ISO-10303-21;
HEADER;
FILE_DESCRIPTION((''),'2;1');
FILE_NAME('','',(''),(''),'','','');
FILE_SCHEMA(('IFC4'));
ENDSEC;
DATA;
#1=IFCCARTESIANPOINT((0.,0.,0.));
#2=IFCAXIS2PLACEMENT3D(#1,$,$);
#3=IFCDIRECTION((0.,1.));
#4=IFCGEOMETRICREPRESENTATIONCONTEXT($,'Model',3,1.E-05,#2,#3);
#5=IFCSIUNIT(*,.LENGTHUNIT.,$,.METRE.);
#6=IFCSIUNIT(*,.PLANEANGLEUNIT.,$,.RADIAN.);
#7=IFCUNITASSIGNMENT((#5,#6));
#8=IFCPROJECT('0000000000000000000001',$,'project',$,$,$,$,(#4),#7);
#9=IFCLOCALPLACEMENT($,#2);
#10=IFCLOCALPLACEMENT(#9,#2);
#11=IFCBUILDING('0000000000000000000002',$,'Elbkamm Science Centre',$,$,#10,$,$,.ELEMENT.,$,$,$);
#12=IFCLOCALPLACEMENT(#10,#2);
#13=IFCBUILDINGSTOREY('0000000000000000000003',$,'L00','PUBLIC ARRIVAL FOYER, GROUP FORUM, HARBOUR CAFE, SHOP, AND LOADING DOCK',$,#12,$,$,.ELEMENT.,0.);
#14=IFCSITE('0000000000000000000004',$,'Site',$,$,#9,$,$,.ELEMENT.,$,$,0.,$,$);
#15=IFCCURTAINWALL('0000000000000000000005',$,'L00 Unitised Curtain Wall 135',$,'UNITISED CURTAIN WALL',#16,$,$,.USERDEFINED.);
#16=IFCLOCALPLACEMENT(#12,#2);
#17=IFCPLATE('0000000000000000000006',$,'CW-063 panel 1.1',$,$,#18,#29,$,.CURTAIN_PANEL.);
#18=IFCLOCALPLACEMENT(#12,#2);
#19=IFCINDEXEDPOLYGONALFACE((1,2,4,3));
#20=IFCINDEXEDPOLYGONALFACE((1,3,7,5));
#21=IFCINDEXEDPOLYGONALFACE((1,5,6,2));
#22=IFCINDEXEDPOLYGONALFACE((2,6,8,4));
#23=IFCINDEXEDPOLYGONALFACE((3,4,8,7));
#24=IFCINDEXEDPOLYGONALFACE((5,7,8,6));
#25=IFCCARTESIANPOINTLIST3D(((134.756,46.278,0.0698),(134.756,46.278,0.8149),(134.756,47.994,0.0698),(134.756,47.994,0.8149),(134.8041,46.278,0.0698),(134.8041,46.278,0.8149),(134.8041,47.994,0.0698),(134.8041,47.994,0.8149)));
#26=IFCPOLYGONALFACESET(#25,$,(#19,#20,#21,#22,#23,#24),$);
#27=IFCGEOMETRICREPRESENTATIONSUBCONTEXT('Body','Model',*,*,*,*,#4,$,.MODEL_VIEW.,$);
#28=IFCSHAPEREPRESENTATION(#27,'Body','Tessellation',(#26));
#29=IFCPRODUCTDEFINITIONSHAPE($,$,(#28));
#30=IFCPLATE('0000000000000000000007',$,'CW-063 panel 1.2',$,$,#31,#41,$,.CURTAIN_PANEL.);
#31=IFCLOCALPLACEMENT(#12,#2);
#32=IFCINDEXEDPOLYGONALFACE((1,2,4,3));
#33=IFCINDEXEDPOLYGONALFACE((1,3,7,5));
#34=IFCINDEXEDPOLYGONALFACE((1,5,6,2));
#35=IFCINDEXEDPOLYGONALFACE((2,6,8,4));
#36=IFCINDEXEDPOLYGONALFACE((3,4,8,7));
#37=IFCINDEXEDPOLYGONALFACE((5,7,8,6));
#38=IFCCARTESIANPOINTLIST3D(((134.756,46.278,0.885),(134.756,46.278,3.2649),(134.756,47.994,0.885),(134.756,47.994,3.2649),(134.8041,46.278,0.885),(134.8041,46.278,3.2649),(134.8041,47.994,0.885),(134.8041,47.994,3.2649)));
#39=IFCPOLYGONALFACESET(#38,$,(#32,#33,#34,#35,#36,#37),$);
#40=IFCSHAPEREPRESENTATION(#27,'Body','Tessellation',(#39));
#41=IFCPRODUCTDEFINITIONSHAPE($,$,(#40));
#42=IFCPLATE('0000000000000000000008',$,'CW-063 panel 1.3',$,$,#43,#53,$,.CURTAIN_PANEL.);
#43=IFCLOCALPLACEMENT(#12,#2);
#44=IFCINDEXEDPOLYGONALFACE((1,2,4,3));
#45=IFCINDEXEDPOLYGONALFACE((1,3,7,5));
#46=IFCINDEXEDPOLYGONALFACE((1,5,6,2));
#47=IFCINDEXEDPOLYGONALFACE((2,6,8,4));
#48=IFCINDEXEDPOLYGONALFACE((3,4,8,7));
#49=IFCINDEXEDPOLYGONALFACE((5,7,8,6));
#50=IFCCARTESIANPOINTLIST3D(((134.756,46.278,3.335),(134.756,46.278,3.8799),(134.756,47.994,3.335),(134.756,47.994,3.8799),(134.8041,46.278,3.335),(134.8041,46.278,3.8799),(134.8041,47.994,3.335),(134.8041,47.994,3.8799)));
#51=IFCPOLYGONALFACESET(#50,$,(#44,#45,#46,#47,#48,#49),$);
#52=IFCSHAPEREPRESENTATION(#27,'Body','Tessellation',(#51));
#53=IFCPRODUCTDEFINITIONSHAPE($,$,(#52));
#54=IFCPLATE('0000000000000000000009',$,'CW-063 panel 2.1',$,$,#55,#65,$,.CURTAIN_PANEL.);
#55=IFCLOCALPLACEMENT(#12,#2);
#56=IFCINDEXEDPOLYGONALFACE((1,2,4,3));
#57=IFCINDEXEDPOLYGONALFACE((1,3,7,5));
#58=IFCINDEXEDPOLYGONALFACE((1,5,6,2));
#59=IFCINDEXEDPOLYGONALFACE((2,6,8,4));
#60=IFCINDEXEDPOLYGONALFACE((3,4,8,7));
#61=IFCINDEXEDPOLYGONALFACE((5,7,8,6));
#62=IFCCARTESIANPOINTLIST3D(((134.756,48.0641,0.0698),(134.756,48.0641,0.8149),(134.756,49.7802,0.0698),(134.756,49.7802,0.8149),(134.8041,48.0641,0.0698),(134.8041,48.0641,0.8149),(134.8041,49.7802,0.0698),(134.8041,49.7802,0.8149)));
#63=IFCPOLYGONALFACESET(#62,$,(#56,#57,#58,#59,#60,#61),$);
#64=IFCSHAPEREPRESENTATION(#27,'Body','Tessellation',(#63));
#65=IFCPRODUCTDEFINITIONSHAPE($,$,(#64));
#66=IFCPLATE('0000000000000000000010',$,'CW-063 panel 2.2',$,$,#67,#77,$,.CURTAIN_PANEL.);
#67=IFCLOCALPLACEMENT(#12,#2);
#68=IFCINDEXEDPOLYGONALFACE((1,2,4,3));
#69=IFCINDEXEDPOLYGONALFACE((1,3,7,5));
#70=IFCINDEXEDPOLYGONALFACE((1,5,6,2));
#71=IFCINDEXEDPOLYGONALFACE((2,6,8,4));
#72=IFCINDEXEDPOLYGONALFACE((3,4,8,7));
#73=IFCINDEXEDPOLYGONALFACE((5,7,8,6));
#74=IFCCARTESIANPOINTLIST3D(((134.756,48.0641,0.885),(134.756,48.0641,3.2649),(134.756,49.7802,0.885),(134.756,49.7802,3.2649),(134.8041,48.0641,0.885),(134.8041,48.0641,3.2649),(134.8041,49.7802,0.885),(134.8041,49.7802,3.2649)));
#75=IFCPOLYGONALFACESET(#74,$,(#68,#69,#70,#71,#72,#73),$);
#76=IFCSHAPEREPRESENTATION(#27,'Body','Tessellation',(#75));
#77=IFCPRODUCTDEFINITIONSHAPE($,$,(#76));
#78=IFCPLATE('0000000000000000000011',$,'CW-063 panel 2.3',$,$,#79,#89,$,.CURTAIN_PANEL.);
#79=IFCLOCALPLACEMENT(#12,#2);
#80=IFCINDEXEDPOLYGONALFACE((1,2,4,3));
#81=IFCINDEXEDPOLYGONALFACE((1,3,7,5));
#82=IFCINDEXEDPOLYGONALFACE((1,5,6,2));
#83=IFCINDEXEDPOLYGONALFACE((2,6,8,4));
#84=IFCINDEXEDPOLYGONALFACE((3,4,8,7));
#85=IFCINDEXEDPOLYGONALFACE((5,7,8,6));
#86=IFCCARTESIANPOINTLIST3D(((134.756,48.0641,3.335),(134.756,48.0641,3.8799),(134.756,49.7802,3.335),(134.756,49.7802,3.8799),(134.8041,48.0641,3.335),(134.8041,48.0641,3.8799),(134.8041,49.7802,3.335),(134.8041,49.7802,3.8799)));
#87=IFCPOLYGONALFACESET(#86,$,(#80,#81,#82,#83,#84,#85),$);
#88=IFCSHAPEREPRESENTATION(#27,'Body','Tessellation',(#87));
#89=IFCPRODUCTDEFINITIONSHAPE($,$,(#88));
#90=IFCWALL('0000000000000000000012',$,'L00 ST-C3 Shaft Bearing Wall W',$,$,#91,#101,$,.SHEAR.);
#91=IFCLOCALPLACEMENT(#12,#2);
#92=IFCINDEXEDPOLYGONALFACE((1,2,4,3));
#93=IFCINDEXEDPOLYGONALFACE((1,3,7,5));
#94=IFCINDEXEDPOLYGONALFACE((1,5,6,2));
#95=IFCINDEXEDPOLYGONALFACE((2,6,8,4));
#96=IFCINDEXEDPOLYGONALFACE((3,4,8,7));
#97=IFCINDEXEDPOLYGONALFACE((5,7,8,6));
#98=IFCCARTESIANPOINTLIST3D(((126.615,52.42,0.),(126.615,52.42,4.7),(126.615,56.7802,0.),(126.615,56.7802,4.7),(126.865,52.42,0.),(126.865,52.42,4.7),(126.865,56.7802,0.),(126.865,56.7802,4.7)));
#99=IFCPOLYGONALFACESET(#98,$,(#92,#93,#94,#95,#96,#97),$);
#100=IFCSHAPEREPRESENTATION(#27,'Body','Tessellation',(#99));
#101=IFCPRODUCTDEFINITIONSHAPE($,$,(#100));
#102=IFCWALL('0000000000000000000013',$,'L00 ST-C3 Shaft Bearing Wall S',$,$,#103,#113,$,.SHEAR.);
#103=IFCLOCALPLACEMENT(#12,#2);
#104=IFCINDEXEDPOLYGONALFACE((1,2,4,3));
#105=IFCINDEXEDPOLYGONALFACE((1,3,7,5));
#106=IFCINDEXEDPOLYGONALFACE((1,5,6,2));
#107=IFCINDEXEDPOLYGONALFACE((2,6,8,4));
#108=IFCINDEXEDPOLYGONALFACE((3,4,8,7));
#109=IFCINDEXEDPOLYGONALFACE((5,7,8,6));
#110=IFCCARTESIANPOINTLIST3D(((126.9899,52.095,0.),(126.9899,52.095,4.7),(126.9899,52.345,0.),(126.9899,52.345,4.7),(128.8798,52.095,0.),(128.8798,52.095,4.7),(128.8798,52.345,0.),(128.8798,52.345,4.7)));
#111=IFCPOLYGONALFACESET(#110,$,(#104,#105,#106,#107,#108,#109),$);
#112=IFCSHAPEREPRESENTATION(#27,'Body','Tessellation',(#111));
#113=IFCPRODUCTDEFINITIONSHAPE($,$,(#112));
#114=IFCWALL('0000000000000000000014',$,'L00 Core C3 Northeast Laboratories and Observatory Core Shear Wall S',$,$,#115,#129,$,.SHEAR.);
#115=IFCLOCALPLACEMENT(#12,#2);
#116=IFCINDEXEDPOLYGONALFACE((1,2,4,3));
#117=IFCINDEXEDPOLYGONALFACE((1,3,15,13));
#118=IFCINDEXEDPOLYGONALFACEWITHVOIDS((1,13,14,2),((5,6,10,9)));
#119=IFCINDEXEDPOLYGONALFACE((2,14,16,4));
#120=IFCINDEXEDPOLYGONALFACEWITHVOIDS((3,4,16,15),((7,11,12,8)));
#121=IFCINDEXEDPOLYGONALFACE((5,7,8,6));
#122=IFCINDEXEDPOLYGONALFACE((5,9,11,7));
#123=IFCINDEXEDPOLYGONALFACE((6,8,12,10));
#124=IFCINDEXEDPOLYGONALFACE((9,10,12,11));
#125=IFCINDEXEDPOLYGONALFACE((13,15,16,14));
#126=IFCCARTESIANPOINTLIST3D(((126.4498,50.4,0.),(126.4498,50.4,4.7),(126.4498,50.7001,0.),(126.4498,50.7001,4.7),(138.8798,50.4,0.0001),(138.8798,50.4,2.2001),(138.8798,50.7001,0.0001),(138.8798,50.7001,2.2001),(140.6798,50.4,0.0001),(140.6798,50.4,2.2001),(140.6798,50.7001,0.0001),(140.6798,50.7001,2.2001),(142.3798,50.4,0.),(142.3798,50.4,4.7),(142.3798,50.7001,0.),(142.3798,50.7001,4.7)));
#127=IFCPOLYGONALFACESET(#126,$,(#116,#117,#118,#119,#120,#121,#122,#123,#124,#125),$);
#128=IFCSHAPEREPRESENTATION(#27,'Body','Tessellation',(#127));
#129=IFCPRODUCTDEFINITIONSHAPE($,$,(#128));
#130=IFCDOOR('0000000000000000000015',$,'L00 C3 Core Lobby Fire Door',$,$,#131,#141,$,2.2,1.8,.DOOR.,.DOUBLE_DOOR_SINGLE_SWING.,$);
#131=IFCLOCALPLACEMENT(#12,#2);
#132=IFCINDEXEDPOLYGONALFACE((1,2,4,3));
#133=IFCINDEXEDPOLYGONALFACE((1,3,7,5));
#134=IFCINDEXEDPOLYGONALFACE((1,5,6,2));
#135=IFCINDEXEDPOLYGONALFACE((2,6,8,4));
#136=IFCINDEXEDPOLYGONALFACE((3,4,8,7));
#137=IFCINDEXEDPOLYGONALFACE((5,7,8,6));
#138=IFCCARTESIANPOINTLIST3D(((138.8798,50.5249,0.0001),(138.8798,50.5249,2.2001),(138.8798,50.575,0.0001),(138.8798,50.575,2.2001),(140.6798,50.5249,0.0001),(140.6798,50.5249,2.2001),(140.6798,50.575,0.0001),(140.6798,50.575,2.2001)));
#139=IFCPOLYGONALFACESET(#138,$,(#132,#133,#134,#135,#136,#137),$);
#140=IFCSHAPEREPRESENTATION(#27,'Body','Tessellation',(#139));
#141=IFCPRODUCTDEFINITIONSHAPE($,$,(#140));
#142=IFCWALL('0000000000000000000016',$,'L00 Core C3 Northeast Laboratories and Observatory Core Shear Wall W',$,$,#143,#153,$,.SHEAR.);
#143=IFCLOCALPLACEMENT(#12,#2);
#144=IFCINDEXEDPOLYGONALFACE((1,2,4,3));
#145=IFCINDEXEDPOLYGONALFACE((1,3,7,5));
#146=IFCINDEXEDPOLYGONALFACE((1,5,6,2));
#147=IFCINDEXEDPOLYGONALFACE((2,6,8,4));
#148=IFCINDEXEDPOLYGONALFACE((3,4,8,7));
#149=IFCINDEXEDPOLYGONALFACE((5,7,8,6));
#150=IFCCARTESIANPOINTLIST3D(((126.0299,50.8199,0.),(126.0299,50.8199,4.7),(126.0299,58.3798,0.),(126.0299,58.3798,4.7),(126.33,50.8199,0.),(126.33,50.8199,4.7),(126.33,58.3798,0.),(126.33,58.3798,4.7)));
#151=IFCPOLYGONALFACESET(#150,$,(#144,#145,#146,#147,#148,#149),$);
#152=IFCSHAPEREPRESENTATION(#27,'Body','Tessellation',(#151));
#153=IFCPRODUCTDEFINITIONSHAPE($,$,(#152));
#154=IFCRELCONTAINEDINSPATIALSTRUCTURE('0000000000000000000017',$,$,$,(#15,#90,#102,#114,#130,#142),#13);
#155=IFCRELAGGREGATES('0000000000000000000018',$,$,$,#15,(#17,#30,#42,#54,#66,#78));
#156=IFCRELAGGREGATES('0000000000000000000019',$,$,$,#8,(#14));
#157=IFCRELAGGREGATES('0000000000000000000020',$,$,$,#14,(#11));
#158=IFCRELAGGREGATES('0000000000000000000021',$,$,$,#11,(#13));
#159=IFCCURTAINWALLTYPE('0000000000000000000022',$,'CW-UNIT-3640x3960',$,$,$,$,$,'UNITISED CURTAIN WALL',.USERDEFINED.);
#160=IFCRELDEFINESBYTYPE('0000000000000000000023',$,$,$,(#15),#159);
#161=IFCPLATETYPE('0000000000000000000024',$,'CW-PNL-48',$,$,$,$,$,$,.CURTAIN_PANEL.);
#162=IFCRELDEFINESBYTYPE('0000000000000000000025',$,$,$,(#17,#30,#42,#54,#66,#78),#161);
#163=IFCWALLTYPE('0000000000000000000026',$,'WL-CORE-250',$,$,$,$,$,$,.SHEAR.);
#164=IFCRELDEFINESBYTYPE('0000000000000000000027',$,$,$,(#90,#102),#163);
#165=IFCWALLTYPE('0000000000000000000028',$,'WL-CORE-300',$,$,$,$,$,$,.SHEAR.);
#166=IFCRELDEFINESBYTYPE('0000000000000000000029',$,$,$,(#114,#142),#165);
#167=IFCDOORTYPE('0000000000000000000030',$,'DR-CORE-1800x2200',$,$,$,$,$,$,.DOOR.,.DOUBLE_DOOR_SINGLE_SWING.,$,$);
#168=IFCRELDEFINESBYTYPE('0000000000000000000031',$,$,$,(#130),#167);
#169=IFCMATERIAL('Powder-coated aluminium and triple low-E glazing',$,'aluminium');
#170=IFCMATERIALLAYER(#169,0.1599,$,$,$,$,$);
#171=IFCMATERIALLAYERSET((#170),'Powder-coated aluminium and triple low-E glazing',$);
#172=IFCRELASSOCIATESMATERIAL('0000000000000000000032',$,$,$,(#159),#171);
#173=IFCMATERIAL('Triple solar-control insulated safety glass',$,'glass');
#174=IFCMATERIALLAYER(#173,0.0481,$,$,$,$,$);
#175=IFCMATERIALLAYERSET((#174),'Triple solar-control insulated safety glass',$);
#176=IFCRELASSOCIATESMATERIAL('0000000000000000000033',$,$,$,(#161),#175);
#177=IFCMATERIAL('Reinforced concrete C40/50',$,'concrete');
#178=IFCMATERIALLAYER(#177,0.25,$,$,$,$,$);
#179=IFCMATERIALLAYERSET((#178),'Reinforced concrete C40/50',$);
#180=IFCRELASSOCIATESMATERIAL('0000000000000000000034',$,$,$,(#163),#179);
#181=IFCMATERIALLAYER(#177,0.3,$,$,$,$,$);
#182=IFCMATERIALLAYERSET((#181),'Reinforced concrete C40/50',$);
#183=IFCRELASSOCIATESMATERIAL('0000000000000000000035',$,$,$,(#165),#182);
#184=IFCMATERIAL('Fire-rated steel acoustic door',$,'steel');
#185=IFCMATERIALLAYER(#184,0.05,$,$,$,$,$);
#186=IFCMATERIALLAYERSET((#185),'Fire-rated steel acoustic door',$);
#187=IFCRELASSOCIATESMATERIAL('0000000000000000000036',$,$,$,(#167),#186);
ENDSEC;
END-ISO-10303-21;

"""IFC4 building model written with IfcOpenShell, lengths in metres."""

from ifc_helpers import new_model, si_unit, direction, frame, frame_2d, origin, origin_2d, place, context, subcontext, project, spatial, rectangle, extrude, material, layer, layer_set, type_object, element, fill, aggregate, save


model = new_model("IFC4")

# Units and contexts
model_context = context("Model", 3, precision=1e-05, world=origin(), true_north=direction((0.0, 1.0)))
body_context = subcontext(model_context, "Body", "Model", "MODEL_VIEW")
ifc_project = project(units=[si_unit("LENGTHUNIT", "METRE"), si_unit("PLANEANGLEUNIT", "RADIAN")], contexts=[model_context])

# Site, building, storey
site_placement = place(None, origin())
site = spatial("IfcSite", under=ifc_project, at=site_placement, Name="Site", CompositionType="ELEMENT", RefElevation=0.0)
building_placement = place(site_placement, origin())
building = spatial("IfcBuilding", under=site, at=building_placement, Name="Elbkamm Science Centre", CompositionType="ELEMENT")
storey_placement = place(building_placement, origin())
storey = spatial("IfcBuildingStorey", under=building, at=storey_placement, Name="L00", Description="PUBLIC ARRIVAL FOYER, GROUP FORUM, HARBOUR CAFE, SHOP, AND LOADING DOCK", CompositionType="ELEMENT", Elevation=0.0)

# Curtain wall
ifc_material_1 = material(Name="Powder-coated aluminium and triple low-E glazing", Category="aluminium")
ifc_layer_1 = layer(ifc_material_1, 0.1599)
ifc_layer_set_1 = layer_set([ifc_layer_1], Name="Powder-coated aluminium and triple low-E glazing")
curtain_wall_type = type_object("IfcCurtainWallType", Name="CW-UNIT-3640x3960", ElementType="UNITISED CURTAIN WALL", PredefinedType="USERDEFINED", material=ifc_layer_set_1)
curtain_wall_placement = place(storey_placement, origin())
curtain_wall = element("IfcCurtainWall", 1, at=curtain_wall_placement, inside=storey, type_object=curtain_wall_type, Name="L00 Unitised Curtain Wall 135", ObjectType="UNITISED CURTAIN WALL", PredefinedType="USERDEFINED")

# Plates
ifc_material_2 = material(Name="Triple solar-control insulated safety glass", Category="glass")
ifc_layer_2 = layer(ifc_material_2, 0.0481)
ifc_layer_set_2 = layer_set([ifc_layer_2], Name="Triple solar-control insulated safety glass")
plate_type = type_object("IfcPlateType", Name="CW-PNL-48", PredefinedType="CURTAIN_PANEL", material=ifc_layer_set_2)
plate_1_placement = place(storey_placement, frame((134.78, 47.136, 0.0698), z_axis=(0.0, 0.0, 1.0), x_axis=(0.0, 1.0, 0.0)))
plate_1 = element("IfcPlate", 2, at=plate_1_placement, type_object=plate_type, Name="CW-063 panel 1.1", PredefinedType="CURTAIN_PANEL", context=body_context, shape_type="SweptSolid", body=[
    extrude(rectangle(XDim=1.7161, YDim=0.0481, at=origin_2d()), origin(), (0.0, 0.0, 1.0), 0.7451),
])
plate_2_placement = place(storey_placement, frame((134.78, 47.136, 0.885), z_axis=(0.0, 0.0, 1.0), x_axis=(0.0, 1.0, 0.0)))
plate_2 = element("IfcPlate", 3, at=plate_2_placement, type_object=plate_type, Name="CW-063 panel 1.2", PredefinedType="CURTAIN_PANEL", context=body_context, shape_type="SweptSolid", body=[
    extrude(rectangle(XDim=1.7161, YDim=0.0481, at=origin_2d()), origin(), (0.0, 0.0, 1.0), 2.3799),
])
plate_3_placement = place(storey_placement, frame((134.78, 47.136, 3.335), z_axis=(0.0, 0.0, 1.0), x_axis=(0.0, 1.0, 0.0)))
plate_3 = element("IfcPlate", 4, at=plate_3_placement, type_object=plate_type, Name="CW-063 panel 1.3", PredefinedType="CURTAIN_PANEL", context=body_context, shape_type="SweptSolid", body=[
    extrude(rectangle(XDim=1.7161, YDim=0.0481, at=origin_2d()), origin(), (0.0, 0.0, 1.0), 0.5449),
])
plate_4_placement = place(storey_placement, frame((134.78, 48.9221, 0.0698), z_axis=(0.0, 0.0, 1.0), x_axis=(0.0, 1.0, 0.0)))
plate_4 = element("IfcPlate", 5, at=plate_4_placement, type_object=plate_type, Name="CW-063 panel 2.1", PredefinedType="CURTAIN_PANEL", context=body_context, shape_type="SweptSolid", body=[
    extrude(rectangle(XDim=1.7161, YDim=0.0481, at=origin_2d()), origin(), (0.0, 0.0, 1.0), 0.7451),
])
plate_5_placement = place(storey_placement, frame((134.78, 48.9221, 0.885), z_axis=(0.0, 0.0, 1.0), x_axis=(0.0, 1.0, 0.0)))
plate_5 = element("IfcPlate", 6, at=plate_5_placement, type_object=plate_type, Name="CW-063 panel 2.2", PredefinedType="CURTAIN_PANEL", context=body_context, shape_type="SweptSolid", body=[
    extrude(rectangle(XDim=1.7161, YDim=0.0481, at=origin_2d()), origin(), (0.0, 0.0, 1.0), 2.3799),
])
plate_6_placement = place(storey_placement, frame((134.78, 48.9221, 3.335), z_axis=(0.0, 0.0, 1.0), x_axis=(0.0, 1.0, 0.0)))
plate_6 = element("IfcPlate", 7, at=plate_6_placement, type_object=plate_type, Name="CW-063 panel 2.3", PredefinedType="CURTAIN_PANEL", context=body_context, shape_type="SweptSolid", body=[
    extrude(rectangle(XDim=1.7161, YDim=0.0481, at=origin_2d()), origin(), (0.0, 0.0, 1.0), 0.5449),
])
aggregate(curtain_wall, [plate_1, plate_2, plate_3, plate_4, plate_5, plate_6])

# Walls
ifc_material_3 = material(Name="Reinforced concrete C40/50", Category="concrete")
ifc_layer_3 = layer(ifc_material_3, 0.25)
ifc_layer_set_3 = layer_set([ifc_layer_3], Name="Reinforced concrete C40/50")
wall_type_1 = type_object("IfcWallType", Name="WL-CORE-250", PredefinedType="SHEAR", material=ifc_layer_set_3)
wall_1_placement = place(storey_placement, frame((126.74, 52.4199, 0.0), z_axis=(0.0, 0.0, 1.0), x_axis=(0.0, 1.0, 0.0)))
element("IfcWall", 8, at=wall_1_placement, inside=storey, type_object=wall_type_1, Name="L00 ST-C3 Shaft Bearing Wall W", PredefinedType="SHEAR", context=body_context, shape_type="SweptSolid", body=[
    extrude(rectangle(XDim=4.3601, YDim=0.25, at=frame_2d((2.1802, 0.0))), origin(), (0.0, 0.0, 1.0), 4.7),
])
wall_2_placement = place(storey_placement, frame((126.99, 52.22, 0.0), z_axis=(0.0, 0.0, 1.0), x_axis=(1.0, 0.0, 0.0)))
element("IfcWall", 9, at=wall_2_placement, inside=storey, type_object=wall_type_1, Name="L00 ST-C3 Shaft Bearing Wall S", PredefinedType="SHEAR", context=body_context, shape_type="SweptSolid", body=[
    extrude(rectangle(XDim=1.8899, YDim=0.25, at=frame_2d((0.9448, 0.0))), origin(), (0.0, 0.0, 1.0), 4.7),
])

# Wall, opening, door
ifc_layer_4 = layer(ifc_material_3, 0.3)
ifc_layer_set_4 = layer_set([ifc_layer_4], Name="Reinforced concrete C40/50")
wall_type_2 = type_object("IfcWallType", Name="WL-CORE-300", PredefinedType="SHEAR", material=ifc_layer_set_4)
wall_3_placement = place(storey_placement, frame((126.45, 50.55, 0.0), z_axis=(0.0, 0.0, 1.0), x_axis=(1.0, 0.0, 0.0)))
wall_3 = element("IfcWall", 10, at=wall_3_placement, inside=storey, type_object=wall_type_2, Name="L00 Core C3 Northeast Laboratories and Observatory Core Shear Wall S", PredefinedType="SHEAR", context=body_context, shape_type="SweptSolid", body=[
    extrude(rectangle(XDim=15.9299, YDim=0.3, at=frame_2d((7.9648, 0.0))), origin(), (0.0, 0.0, 1.0), 4.7),
])
opening_placement = place(wall_3_placement, frame((12.4299, 0.0, 0.0)))
opening = element("IfcOpeningElement", 11, at=opening_placement, cuts=wall_3, PredefinedType="OPENING", context=body_context, shape_type="SweptSolid", body=[
    extrude(rectangle(XDim=1.8, YDim=2.2, at=frame_2d((0.8999, 1.1001))), frame((0.0, 0.1621, 0.0), z_axis=(0.0, -1.0, 0.0), x_axis=(1.0, 0.0, 0.0)), (0.0, 0.0, 1.0), 0.324),
])
ifc_material_4 = material(Name="Fire-rated steel acoustic door", Category="steel")
ifc_layer_5 = layer(ifc_material_4, 0.05)
ifc_layer_set_5 = layer_set([ifc_layer_5], Name="Fire-rated steel acoustic door")
door_type = type_object("IfcDoorType", Name="DR-CORE-1800x2200", OperationType="DOUBLE_DOOR_SINGLE_SWING", PredefinedType="DOOR", material=ifc_layer_set_5)
door_placement = place(opening_placement, origin())
door = element("IfcDoor", 12, at=door_placement, inside=storey, type_object=door_type, Name="L00 C3 Core Lobby Fire Door", OperationType="DOUBLE_DOOR_SINGLE_SWING", OverallHeight=2.2, OverallWidth=1.8, PredefinedType="DOOR", context=body_context, shape_type="SweptSolid", body=[
    extrude(rectangle(XDim=1.8, YDim=2.2, at=frame_2d((0.8999, 1.1001))), frame((0.0, 0.0249, 0.0), z_axis=(0.0, -1.0, 0.0), x_axis=(1.0, 0.0, 0.0)), (0.0, 0.0, 1.0), 0.05),
])
fill(opening, door)

# Wall
wall_4_placement = place(storey_placement, frame((126.1799, 50.8201, 0.0), z_axis=(0.0, 0.0, 1.0), x_axis=(0.0, 1.0, 0.0)))
element("IfcWall", 13, at=wall_4_placement, inside=storey, type_object=wall_type_2, Name="L00 Core C3 Northeast Laboratories and Observatory Core Shear Wall W", PredefinedType="SHEAR", context=body_context, shape_type="SweptSolid", body=[
    extrude(rectangle(XDim=7.5598, YDim=0.3, at=frame_2d((3.7798, 0.0))), origin(), (0.0, 0.0, 1.0), 4.7),
])

save(model, "model.ifc")
